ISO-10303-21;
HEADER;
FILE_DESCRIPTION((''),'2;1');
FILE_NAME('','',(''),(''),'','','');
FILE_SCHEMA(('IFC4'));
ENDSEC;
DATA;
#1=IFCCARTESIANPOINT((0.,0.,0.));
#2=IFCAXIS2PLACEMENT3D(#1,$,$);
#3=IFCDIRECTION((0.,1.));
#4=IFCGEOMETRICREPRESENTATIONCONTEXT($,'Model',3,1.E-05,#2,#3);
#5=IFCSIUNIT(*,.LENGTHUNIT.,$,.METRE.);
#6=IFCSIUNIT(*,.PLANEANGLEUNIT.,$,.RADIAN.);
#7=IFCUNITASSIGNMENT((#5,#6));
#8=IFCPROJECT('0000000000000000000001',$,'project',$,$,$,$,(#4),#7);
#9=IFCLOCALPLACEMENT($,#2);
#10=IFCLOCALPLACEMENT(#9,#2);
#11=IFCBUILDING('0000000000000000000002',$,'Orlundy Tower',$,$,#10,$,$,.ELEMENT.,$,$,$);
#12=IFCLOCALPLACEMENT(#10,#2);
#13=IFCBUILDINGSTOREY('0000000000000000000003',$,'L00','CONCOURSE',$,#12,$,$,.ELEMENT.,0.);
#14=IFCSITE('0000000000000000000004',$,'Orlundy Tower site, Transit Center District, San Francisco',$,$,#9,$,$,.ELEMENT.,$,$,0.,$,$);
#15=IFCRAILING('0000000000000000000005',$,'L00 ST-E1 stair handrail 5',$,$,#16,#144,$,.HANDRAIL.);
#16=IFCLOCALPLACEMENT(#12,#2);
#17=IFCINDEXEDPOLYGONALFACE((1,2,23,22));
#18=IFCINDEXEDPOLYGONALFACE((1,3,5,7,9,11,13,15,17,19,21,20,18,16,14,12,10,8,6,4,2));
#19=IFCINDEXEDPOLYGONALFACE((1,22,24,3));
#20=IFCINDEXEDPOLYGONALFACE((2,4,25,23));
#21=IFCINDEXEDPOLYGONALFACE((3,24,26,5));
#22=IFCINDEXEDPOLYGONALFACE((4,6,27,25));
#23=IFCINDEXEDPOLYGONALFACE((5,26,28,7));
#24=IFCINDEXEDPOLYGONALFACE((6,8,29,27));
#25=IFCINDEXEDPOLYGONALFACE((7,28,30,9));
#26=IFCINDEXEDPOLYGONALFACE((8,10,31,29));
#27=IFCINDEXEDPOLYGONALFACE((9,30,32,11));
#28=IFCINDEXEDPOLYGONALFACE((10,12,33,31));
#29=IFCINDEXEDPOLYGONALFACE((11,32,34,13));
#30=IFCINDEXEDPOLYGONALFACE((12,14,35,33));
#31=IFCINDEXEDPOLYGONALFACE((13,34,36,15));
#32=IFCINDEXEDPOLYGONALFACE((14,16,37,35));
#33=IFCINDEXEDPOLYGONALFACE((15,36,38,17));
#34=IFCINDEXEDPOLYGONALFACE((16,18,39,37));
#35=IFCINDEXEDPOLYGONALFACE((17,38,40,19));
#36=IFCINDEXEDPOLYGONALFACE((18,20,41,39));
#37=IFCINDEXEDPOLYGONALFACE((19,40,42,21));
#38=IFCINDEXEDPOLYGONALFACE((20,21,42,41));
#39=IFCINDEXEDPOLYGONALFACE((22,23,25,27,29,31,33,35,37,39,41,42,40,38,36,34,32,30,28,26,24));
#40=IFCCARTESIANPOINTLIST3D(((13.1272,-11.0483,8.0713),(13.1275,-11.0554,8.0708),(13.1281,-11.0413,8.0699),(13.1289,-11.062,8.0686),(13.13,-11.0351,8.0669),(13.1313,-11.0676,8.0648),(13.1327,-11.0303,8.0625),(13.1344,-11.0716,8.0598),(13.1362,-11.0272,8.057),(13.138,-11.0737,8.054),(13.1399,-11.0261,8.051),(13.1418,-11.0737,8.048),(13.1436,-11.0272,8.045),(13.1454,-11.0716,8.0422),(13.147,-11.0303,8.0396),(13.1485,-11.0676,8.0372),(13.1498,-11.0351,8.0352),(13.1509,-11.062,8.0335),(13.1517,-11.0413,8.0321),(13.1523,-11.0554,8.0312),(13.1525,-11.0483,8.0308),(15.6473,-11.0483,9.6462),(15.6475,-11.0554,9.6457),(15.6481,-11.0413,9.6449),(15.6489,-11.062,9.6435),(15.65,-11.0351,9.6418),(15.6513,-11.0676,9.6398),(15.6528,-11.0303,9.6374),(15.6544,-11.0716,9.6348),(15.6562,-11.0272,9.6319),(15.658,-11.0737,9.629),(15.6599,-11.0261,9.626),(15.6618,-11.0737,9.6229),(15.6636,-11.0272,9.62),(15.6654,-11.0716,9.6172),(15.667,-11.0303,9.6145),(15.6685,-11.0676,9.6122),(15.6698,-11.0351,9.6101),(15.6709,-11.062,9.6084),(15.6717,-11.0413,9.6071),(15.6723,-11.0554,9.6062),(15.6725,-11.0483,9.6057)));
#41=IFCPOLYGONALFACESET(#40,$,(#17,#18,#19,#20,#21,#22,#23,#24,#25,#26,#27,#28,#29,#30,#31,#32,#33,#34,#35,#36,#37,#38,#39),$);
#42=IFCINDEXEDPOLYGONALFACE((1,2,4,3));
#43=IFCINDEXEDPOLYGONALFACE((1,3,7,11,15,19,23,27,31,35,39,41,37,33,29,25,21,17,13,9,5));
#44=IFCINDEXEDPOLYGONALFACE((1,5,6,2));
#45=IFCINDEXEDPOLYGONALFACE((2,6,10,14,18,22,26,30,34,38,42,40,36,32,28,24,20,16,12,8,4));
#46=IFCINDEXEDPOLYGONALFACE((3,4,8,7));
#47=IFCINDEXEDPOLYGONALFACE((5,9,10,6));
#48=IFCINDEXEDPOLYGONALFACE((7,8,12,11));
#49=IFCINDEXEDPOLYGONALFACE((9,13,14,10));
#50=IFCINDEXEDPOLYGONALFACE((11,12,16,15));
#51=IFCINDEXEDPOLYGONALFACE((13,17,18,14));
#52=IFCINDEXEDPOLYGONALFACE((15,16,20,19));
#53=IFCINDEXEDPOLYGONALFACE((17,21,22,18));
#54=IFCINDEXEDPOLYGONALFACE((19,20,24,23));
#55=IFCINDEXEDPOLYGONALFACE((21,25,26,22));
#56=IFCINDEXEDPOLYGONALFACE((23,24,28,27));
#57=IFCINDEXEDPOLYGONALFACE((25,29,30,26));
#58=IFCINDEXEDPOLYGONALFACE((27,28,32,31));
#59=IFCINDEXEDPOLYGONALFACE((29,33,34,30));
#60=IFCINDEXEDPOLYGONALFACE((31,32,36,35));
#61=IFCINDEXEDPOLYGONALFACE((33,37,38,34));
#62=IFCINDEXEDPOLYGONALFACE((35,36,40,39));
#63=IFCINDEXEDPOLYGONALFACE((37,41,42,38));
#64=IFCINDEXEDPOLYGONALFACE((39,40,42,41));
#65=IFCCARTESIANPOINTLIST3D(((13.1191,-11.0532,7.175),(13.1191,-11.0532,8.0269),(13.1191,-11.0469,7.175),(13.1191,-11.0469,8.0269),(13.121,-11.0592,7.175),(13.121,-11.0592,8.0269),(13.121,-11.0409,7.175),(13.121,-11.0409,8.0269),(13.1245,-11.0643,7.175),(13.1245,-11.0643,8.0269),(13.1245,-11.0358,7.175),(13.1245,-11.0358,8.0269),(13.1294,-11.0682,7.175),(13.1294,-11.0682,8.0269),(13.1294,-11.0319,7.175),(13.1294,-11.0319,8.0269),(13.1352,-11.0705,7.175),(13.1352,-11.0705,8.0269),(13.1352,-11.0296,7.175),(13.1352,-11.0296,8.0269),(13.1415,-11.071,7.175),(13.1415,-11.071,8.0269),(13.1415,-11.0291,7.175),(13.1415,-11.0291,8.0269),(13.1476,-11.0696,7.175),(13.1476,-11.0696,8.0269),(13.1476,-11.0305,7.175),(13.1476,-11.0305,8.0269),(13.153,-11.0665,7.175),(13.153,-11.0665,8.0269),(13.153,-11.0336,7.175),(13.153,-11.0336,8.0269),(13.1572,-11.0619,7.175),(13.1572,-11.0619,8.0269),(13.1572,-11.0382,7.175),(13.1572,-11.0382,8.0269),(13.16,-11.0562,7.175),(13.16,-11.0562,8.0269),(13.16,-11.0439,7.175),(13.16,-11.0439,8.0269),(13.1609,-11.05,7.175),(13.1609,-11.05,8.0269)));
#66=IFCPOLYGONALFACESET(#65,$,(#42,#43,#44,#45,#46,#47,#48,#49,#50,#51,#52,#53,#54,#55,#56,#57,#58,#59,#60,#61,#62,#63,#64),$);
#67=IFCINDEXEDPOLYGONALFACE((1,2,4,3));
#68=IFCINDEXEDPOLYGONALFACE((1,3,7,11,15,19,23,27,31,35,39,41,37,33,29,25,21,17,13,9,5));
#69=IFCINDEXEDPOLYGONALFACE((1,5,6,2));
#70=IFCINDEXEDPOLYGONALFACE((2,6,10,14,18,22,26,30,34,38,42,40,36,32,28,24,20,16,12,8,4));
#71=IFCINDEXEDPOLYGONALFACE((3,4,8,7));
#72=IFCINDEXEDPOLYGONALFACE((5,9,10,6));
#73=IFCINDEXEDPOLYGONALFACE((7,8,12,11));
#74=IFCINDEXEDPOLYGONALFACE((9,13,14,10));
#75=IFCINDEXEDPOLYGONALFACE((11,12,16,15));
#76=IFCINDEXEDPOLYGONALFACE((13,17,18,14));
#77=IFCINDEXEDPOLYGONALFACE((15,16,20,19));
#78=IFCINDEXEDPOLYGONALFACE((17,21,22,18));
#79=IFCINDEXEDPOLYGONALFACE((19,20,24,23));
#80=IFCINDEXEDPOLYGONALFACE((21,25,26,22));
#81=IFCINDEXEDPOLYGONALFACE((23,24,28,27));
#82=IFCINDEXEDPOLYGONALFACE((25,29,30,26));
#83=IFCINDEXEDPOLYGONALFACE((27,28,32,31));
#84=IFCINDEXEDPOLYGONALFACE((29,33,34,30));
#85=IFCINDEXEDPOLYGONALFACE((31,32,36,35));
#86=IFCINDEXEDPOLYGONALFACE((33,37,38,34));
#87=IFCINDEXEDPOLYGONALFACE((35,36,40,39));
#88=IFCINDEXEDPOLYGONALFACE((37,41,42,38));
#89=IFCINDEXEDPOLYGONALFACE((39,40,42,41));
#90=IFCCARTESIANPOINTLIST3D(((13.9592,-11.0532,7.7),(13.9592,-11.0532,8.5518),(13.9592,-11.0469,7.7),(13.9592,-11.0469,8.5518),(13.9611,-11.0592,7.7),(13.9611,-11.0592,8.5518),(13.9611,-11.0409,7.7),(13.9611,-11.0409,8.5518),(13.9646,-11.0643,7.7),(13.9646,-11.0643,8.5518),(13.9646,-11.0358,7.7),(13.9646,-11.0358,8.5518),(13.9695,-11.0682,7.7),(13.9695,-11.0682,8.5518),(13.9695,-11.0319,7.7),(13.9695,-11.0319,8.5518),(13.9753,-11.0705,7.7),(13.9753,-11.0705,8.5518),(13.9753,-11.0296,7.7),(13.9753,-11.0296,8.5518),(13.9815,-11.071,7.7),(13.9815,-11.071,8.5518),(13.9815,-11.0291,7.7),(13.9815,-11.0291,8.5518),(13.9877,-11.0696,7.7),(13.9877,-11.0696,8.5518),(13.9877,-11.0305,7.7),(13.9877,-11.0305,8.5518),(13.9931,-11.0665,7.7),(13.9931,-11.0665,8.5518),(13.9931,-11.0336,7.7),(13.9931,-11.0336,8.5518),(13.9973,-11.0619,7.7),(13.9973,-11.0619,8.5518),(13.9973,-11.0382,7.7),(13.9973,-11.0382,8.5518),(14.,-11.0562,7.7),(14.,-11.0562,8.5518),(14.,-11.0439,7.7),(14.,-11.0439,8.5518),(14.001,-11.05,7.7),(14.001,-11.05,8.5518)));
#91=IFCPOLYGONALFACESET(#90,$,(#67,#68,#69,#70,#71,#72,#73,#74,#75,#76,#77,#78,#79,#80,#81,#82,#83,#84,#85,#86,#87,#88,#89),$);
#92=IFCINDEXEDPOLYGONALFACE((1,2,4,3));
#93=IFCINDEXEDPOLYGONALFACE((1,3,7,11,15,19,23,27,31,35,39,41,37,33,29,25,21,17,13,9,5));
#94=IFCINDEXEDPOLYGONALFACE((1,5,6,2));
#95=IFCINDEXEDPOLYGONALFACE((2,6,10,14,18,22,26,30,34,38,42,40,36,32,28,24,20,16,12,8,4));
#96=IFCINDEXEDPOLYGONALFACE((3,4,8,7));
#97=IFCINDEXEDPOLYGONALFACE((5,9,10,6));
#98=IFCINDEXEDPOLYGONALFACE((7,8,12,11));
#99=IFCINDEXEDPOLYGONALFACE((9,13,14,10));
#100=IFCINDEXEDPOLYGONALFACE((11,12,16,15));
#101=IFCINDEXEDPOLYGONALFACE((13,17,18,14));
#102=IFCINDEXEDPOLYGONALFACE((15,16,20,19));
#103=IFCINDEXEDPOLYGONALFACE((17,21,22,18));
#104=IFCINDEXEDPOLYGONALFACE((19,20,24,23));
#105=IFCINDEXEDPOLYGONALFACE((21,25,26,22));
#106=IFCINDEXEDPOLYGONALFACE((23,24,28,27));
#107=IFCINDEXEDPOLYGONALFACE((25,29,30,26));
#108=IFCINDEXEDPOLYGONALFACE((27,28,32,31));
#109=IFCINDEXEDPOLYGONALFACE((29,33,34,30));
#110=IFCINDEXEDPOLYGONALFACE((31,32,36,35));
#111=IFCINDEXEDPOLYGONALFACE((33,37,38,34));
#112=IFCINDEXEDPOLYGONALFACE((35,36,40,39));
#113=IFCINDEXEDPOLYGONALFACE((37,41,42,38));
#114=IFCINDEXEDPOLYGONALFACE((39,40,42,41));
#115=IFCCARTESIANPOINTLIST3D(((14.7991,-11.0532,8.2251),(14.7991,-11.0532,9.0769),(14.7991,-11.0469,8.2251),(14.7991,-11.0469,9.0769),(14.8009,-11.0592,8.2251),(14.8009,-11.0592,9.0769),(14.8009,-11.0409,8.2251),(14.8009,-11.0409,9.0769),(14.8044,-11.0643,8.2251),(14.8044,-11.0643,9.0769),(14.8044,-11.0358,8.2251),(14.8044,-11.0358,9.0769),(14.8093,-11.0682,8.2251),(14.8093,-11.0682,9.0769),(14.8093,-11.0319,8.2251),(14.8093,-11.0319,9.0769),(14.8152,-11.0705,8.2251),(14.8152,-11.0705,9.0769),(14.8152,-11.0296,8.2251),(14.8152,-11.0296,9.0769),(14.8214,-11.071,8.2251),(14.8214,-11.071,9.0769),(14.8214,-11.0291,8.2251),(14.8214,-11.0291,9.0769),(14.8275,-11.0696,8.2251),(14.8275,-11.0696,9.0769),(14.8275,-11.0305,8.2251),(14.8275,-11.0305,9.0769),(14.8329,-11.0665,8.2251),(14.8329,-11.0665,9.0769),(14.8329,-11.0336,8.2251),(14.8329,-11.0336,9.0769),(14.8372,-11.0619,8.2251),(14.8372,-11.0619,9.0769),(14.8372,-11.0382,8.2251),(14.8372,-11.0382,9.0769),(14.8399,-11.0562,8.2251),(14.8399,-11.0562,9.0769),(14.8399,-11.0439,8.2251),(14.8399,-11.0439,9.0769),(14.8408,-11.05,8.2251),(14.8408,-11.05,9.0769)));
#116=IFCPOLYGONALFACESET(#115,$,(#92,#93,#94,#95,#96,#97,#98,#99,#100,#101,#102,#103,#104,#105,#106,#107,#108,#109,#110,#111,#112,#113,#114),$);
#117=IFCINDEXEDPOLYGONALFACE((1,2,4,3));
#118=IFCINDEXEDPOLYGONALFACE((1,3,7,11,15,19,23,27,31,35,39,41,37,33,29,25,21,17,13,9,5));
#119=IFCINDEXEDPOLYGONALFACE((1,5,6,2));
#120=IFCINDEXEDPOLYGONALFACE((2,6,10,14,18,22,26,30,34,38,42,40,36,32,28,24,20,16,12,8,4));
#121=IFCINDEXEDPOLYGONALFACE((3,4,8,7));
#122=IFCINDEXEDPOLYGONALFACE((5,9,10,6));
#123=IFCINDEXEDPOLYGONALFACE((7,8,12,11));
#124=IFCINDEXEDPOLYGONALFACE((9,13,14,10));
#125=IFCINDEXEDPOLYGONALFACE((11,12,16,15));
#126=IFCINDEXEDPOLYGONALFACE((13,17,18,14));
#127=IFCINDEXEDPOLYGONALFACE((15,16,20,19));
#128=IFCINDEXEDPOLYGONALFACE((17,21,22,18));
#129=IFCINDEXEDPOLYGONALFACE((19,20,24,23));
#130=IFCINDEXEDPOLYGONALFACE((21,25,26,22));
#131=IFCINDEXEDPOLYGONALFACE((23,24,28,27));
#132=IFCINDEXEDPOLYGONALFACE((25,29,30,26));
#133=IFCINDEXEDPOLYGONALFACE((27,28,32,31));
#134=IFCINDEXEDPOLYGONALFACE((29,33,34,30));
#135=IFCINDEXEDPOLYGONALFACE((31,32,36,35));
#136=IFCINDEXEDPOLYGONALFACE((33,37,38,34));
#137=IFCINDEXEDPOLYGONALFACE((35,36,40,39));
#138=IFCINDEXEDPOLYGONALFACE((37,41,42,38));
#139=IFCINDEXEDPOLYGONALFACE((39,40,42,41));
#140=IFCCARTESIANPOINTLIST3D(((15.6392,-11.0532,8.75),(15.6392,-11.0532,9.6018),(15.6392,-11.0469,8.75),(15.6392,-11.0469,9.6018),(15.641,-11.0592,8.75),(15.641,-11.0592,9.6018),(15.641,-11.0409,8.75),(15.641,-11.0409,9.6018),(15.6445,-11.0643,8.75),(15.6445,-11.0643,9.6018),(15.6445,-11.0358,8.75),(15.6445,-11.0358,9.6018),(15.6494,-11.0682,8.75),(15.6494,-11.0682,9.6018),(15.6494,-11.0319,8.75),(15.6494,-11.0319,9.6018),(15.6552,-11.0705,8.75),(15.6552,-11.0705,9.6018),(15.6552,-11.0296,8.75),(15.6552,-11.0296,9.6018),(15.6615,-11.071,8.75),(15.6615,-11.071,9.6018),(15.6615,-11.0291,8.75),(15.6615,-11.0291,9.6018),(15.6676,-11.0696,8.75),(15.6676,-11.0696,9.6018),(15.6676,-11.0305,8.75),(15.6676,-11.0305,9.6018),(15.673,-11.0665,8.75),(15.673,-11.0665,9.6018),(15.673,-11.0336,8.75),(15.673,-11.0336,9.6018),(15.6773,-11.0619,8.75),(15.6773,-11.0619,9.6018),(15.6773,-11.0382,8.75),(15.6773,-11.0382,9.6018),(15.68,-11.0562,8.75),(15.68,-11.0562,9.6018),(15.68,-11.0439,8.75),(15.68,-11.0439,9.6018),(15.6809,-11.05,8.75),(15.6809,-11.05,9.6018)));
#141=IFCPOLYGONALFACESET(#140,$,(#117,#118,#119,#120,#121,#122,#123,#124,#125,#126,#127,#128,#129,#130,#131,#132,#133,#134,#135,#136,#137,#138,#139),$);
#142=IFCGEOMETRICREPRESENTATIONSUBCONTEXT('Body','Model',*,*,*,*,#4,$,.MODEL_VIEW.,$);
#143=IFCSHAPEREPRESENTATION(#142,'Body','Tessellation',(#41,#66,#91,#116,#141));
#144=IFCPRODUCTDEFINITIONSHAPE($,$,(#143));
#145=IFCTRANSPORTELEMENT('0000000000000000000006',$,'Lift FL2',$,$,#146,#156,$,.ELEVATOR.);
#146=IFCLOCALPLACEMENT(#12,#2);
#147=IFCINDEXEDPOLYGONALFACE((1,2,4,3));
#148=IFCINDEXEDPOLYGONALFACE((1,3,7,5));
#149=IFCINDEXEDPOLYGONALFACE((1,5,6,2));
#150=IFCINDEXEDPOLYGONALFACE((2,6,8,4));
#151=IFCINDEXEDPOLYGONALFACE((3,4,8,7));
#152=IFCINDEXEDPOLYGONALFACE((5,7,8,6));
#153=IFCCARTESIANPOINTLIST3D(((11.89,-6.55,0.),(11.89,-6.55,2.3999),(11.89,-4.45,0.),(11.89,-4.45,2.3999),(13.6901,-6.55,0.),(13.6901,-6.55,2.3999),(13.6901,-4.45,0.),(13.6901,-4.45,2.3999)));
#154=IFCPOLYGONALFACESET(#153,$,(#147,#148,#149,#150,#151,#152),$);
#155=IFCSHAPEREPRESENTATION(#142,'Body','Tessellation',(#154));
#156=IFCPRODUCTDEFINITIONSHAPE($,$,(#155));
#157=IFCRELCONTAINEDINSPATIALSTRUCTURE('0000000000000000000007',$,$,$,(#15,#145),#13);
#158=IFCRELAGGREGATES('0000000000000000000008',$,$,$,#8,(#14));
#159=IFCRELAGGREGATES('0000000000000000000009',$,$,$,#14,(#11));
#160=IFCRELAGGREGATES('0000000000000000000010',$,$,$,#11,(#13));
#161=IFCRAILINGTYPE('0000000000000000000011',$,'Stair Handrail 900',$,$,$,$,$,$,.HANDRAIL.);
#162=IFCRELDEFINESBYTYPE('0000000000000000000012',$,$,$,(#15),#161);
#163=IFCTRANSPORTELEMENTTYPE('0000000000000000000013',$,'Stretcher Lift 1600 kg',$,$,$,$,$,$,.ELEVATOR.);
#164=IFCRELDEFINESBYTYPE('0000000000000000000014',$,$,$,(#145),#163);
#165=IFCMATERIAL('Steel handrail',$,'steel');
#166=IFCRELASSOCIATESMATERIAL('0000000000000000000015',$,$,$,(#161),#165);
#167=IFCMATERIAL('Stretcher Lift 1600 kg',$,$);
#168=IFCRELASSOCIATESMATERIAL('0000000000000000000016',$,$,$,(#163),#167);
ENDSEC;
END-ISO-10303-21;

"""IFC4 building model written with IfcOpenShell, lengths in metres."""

from ifc_helpers import new_model, si_unit, direction, frame, origin, origin_2d, place, context, subcontext, project, spatial, rectangle, circle, extrude, material, type_object, element, save


model = new_model("IFC4")

# Units and contexts
model_context = context("Model", 3, precision=1e-05, world=origin(), true_north=direction((0.0, 1.0)))
body_context = subcontext(model_context, "Body", "Model", "MODEL_VIEW")
ifc_project = project(units=[si_unit("LENGTHUNIT", "METRE"), si_unit("PLANEANGLEUNIT", "RADIAN")], contexts=[model_context])

# Site, building, storey
site_placement = place(None, origin())
site = spatial("IfcSite", under=ifc_project, at=site_placement, Name="Orlundy Tower site, Transit Center District, San Francisco", CompositionType="ELEMENT", RefElevation=0.0)
building_placement = place(site_placement, origin())
building = spatial("IfcBuilding", under=site, at=building_placement, Name="Orlundy Tower", CompositionType="ELEMENT")
storey_placement = place(building_placement, origin())
storey = spatial("IfcBuildingStorey", under=building, at=storey_placement, Name="L00", Description="CONCOURSE", CompositionType="ELEMENT", Elevation=0.0)

# Railing
ifc_material_1 = material(Name="Steel handrail", Category="steel")
railing_type_1 = type_object("IfcRailingType", Name="Stair Handrail 900", PredefinedType="HANDRAIL", material=ifc_material_1)
for number, where, name in (
    (1, (13.1399, -11.05, 7.175), "L00 ST-E1 stair handrail 5"),
):
    element("IfcRailing", number, at=place(storey_placement, frame(where)), inside=storey, type_object=railing_type_1, Name=name, PredefinedType="HANDRAIL", context=body_context, shape_type="SweptSolid", body=[
        extrude(circle(Radius=0.0239, at=origin_2d()), frame((0.0, 0.0, 0.876), z_axis=(0.848008, 0.0, 0.529984), x_axis=(0.0, 1.0, 0.0)), (0.0, 0.0, 1.0), 2.9717),
        extrude(circle(Radius=0.021, at=origin_2d()), origin(), (0.0, 0.0, 1.0), 0.8518),
        extrude(circle(Radius=0.021, at=origin_2d()), frame((0.8401, 0.0, 0.5249)), (0.0, 0.0, 1.0), 0.8518),
        extrude(circle(Radius=0.021, at=origin_2d()), frame((1.6799, 0.0, 1.05)), (0.0, 0.0, 1.0), 0.8518),
        extrude(circle(Radius=0.021, at=origin_2d()), frame((2.52, 0.0, 1.575)), (0.0, 0.0, 1.0), 0.8518),
    ])

# Transport element
ifc_material_2 = material(Name="Stretcher Lift 1600 kg")
transport_element_type = type_object("IfcTransportElementType", Name="Stretcher Lift 1600 kg", PredefinedType="ELEVATOR", material=ifc_material_2)
transport_element_placement = place(storey_placement, frame((12.79, -5.5, 0.0), z_axis=(0.0, 0.0, 1.0), x_axis=(1.0, 0.0, 0.0)))
element("IfcTransportElement", 2, at=transport_element_placement, inside=storey, type_object=transport_element_type, Name="Lift FL2", PredefinedType="ELEVATOR", context=body_context, shape_type="SweptSolid", body=[
    extrude(rectangle(XDim=1.8, YDim=2.1001, at=origin_2d()), origin(), (0.0, 0.0, 1.0), 2.3999),
])

save(model, "model.ifc")
